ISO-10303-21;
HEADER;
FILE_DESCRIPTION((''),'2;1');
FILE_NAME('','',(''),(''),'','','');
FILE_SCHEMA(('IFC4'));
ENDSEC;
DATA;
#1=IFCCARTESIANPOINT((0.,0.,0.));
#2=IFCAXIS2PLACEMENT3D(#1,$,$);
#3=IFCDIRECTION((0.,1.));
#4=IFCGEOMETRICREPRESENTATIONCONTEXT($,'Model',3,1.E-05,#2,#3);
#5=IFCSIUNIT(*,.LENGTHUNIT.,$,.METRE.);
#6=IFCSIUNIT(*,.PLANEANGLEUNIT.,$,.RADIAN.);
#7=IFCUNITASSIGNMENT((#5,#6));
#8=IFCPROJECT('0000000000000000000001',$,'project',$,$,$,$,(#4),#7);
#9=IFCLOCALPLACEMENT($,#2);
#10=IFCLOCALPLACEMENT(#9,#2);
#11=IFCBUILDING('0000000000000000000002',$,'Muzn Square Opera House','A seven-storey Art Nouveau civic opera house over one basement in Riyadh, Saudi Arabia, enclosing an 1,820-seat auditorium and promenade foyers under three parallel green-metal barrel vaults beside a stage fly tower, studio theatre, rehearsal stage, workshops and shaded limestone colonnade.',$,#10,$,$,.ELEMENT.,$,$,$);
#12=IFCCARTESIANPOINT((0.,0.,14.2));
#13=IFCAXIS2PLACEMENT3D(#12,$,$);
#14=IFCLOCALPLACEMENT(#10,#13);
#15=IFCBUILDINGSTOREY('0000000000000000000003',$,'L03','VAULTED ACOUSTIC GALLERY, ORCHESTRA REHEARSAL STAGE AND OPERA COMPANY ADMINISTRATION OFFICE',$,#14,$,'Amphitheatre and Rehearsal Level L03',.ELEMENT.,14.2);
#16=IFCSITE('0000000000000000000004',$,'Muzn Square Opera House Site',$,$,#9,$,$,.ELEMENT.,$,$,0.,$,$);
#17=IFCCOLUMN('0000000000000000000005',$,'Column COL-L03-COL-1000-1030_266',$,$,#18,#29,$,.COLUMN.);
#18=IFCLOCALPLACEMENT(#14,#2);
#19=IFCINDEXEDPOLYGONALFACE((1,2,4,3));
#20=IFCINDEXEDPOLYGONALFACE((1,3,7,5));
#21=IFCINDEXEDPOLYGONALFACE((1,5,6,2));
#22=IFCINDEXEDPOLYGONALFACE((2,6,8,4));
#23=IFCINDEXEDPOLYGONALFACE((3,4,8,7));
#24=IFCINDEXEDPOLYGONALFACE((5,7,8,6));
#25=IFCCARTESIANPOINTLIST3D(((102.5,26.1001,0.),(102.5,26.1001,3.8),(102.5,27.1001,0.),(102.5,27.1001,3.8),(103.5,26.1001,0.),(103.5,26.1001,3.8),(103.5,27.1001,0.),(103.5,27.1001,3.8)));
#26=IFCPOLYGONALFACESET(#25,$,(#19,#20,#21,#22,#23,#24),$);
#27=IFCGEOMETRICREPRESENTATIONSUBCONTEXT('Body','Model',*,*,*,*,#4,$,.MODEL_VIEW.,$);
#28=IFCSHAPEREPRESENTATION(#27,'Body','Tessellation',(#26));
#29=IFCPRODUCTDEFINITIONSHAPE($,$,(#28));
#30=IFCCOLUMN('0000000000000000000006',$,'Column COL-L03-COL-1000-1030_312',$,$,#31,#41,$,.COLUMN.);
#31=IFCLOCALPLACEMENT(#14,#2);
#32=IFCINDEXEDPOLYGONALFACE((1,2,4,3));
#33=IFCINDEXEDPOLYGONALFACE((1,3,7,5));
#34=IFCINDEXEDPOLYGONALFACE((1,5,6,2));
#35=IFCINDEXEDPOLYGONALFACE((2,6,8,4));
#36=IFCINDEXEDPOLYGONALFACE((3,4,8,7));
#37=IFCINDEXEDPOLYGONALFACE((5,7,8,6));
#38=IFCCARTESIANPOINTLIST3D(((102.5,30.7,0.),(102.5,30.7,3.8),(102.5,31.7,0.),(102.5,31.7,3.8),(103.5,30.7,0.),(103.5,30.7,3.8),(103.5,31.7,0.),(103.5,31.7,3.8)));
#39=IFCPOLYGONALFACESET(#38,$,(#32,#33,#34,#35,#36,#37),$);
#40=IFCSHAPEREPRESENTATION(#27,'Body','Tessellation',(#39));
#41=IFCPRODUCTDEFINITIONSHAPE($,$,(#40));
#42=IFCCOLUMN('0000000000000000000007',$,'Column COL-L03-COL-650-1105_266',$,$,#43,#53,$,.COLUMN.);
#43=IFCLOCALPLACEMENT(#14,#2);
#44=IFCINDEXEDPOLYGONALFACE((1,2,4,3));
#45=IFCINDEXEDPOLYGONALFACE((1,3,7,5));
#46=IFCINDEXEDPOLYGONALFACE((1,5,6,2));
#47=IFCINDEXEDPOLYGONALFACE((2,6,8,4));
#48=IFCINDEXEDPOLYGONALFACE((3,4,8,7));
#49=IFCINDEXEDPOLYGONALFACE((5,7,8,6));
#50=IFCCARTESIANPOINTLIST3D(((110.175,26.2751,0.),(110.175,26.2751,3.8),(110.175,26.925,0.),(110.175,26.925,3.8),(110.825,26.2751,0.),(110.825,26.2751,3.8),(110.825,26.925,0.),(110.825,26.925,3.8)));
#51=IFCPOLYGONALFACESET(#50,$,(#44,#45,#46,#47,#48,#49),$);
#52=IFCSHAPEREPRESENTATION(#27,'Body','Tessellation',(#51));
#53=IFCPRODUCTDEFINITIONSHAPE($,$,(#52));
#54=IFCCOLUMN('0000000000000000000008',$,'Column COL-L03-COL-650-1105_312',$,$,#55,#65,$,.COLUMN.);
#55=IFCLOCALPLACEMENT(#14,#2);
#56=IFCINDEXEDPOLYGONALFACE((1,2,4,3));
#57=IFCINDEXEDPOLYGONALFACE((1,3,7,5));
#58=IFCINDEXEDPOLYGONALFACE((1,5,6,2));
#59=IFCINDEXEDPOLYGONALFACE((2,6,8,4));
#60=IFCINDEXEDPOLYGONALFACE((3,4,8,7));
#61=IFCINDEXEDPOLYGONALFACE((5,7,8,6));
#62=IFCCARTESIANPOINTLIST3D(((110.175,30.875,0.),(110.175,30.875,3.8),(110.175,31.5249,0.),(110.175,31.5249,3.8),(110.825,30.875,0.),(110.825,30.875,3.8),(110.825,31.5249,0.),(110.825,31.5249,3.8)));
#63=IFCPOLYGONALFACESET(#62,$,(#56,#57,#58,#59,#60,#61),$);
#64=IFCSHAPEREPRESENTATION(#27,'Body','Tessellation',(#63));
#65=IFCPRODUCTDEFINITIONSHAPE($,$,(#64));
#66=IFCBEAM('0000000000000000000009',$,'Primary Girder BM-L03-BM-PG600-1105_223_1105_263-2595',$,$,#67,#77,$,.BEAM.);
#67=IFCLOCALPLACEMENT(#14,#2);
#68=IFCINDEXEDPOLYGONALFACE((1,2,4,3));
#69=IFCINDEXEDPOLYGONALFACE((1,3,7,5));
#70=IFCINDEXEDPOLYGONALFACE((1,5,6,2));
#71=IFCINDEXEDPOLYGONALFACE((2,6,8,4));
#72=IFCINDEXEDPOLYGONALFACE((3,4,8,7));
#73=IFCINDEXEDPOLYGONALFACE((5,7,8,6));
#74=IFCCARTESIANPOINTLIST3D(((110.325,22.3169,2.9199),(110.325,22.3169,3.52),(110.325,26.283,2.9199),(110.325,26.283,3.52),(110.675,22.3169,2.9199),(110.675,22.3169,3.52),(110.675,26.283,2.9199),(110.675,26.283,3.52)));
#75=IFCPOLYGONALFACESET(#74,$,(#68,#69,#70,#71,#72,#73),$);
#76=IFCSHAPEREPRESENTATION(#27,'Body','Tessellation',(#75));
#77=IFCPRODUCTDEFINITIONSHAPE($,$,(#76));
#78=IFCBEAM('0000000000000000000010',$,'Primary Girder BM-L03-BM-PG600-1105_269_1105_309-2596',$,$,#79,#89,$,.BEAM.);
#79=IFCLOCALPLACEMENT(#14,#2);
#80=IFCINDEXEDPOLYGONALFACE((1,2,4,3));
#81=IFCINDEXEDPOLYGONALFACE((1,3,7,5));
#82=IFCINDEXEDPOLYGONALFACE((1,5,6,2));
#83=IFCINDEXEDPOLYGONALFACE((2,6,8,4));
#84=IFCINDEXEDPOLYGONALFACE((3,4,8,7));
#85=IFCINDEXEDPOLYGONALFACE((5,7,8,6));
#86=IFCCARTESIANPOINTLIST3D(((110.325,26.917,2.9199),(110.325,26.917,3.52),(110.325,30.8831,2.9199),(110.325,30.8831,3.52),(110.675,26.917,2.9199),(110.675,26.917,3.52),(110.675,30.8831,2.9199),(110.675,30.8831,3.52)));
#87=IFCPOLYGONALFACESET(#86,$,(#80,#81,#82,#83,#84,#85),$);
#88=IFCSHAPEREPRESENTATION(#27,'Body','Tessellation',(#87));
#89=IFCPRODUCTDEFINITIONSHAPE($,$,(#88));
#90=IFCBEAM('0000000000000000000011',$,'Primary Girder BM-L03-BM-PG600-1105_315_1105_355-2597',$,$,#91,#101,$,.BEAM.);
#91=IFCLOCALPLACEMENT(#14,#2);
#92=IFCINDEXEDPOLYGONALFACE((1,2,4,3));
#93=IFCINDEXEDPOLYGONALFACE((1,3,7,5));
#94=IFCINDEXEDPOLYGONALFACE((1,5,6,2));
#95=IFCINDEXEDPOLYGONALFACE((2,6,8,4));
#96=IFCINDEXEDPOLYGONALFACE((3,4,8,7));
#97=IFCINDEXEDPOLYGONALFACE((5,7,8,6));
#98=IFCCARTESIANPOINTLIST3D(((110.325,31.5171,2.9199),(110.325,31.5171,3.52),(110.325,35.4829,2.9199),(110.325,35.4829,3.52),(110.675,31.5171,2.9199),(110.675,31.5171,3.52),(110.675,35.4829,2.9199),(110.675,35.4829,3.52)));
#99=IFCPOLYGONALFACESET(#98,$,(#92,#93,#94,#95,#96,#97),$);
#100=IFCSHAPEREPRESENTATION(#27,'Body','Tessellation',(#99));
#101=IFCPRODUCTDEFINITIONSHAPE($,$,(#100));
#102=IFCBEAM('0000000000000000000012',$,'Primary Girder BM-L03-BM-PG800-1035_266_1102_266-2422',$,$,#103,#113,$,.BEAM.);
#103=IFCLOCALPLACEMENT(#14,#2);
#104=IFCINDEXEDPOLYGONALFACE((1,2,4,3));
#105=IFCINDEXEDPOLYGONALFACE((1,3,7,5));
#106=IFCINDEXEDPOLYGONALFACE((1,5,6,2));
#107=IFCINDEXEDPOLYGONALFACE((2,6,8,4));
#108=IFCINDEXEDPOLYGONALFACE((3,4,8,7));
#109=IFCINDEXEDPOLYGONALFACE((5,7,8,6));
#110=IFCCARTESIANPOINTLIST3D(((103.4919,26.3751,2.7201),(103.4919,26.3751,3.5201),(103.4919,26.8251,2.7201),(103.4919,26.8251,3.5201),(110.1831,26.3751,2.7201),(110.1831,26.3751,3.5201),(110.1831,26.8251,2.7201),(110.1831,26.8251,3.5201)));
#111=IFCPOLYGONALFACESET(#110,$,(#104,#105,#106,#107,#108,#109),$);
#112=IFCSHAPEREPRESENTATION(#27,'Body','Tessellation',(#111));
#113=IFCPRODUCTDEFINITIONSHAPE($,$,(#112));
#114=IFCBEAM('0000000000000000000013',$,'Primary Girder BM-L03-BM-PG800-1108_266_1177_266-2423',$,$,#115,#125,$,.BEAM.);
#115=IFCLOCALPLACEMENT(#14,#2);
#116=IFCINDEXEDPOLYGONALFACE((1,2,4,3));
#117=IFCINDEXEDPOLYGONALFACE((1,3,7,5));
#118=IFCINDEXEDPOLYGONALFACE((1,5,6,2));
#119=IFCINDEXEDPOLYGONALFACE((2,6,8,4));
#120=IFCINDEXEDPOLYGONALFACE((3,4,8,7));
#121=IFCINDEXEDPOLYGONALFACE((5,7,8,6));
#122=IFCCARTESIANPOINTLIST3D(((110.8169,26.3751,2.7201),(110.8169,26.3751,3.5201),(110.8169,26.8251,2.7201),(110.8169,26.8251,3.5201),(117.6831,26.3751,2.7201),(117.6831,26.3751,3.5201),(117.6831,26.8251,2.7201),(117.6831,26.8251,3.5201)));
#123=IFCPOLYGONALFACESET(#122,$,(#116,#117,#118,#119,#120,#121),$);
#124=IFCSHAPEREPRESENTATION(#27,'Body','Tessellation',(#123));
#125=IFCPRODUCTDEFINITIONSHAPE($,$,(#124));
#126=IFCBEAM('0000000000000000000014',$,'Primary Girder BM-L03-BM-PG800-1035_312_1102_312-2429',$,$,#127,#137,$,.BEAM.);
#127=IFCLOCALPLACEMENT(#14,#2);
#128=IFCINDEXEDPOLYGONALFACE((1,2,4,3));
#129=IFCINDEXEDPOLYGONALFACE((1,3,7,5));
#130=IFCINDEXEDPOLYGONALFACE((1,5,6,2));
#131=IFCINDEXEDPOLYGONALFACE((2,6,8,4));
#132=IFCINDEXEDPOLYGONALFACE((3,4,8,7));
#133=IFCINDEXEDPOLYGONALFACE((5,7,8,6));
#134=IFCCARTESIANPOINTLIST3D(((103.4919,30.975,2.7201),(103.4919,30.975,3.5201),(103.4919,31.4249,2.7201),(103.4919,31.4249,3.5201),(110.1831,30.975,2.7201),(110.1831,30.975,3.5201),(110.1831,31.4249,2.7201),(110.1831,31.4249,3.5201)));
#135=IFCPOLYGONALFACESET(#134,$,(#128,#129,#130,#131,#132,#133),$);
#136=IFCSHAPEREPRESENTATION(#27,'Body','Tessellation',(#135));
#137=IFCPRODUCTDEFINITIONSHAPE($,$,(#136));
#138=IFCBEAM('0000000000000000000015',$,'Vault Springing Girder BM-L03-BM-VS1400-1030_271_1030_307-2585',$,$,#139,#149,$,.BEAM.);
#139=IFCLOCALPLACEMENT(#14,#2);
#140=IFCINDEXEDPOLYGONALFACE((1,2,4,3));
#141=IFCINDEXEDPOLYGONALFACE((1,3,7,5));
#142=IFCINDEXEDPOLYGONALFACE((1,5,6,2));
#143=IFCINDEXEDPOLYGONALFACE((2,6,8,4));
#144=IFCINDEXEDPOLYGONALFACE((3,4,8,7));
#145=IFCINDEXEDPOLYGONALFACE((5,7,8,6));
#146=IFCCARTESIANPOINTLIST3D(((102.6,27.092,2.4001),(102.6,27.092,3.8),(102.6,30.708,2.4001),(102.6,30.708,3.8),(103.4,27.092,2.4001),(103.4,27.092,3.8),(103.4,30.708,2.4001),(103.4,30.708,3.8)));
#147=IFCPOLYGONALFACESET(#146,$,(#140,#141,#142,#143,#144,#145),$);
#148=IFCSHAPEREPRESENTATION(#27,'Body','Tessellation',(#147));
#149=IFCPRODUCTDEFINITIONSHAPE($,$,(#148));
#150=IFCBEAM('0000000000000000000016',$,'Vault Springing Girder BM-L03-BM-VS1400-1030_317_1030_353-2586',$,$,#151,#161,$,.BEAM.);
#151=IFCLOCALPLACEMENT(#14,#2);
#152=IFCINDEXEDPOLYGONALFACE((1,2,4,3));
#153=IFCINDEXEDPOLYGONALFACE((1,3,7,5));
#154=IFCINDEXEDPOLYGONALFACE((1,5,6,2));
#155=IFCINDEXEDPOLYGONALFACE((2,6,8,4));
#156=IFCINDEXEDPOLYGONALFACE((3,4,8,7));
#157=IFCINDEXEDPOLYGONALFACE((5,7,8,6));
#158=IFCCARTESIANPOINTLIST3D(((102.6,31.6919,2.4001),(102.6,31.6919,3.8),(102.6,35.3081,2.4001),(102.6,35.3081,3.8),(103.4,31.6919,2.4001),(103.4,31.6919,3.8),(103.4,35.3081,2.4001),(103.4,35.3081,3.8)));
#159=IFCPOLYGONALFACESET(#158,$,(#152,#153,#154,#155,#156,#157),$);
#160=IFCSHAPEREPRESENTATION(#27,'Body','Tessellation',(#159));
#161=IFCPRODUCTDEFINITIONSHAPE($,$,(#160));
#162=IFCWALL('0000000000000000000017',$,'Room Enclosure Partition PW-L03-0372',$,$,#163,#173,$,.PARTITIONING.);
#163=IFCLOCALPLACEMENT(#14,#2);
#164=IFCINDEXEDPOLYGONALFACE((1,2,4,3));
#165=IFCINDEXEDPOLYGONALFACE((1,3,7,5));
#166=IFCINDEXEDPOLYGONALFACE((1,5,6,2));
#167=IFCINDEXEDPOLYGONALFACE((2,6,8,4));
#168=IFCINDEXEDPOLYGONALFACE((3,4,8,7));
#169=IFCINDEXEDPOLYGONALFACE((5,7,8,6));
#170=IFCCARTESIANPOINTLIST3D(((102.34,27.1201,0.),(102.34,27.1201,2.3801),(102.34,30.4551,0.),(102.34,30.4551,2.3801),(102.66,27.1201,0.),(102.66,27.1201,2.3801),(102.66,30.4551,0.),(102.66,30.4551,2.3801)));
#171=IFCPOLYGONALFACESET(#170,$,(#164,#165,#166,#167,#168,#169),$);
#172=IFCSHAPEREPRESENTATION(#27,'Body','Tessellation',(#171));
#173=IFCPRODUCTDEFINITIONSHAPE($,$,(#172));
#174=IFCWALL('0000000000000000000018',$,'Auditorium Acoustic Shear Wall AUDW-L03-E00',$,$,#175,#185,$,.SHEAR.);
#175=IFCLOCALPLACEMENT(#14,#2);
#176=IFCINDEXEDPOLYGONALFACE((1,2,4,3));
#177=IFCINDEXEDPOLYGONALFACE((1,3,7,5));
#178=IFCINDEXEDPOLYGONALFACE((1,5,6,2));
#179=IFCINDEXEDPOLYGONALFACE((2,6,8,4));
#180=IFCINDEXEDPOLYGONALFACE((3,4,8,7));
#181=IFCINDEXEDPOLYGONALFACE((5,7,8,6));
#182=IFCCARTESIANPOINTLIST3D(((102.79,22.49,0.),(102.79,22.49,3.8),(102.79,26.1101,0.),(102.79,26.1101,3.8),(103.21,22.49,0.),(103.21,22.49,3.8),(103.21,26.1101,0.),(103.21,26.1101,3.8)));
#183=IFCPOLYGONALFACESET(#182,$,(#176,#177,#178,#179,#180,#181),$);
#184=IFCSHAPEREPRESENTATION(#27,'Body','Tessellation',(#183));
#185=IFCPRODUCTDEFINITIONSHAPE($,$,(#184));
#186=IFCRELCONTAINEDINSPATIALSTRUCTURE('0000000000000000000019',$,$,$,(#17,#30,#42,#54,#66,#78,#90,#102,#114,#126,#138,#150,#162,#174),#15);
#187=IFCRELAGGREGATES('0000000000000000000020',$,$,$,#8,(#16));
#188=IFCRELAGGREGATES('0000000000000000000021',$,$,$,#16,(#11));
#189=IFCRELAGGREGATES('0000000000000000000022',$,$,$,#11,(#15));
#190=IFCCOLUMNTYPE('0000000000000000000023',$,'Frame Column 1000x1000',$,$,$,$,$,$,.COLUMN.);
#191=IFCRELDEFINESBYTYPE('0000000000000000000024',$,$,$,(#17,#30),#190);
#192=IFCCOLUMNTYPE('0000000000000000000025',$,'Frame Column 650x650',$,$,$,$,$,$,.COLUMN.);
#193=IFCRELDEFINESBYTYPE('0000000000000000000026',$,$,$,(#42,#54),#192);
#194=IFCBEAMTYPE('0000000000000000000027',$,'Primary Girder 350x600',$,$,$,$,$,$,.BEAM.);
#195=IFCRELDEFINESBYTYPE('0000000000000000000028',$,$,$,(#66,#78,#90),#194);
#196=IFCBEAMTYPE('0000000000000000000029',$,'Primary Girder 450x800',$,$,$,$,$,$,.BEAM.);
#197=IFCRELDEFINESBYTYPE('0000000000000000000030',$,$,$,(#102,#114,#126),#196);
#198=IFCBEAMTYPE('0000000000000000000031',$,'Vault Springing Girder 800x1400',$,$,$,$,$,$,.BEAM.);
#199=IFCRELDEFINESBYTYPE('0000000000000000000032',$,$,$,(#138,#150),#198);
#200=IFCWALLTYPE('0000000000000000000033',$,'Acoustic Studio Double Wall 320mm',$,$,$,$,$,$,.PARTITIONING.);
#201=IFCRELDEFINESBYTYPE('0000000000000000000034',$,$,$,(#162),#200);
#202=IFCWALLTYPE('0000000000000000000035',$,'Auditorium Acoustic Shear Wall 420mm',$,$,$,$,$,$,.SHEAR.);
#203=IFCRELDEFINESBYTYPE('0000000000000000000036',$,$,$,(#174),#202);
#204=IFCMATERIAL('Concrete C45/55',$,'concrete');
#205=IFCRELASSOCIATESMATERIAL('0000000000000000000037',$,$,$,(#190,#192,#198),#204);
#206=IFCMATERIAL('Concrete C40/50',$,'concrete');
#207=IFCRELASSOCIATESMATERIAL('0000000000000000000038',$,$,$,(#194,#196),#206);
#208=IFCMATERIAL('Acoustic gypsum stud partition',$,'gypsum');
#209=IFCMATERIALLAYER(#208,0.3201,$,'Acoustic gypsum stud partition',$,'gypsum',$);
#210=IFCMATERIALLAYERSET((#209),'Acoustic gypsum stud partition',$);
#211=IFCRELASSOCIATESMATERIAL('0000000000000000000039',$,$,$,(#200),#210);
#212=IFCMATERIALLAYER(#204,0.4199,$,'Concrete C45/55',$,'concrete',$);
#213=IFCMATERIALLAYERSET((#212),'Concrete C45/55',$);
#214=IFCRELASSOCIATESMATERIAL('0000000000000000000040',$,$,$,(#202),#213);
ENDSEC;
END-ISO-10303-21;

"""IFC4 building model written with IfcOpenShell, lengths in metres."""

from ifc_helpers import new_model, si_unit, direction, frame, frame_2d, origin, origin_2d, place, context, subcontext, project, spatial, rectangle, extrude, material, layer, layer_set, material_profile, profile_set, type_object, element, save


model = new_model("IFC4")

# Units and contexts
model_context = context("Model", 3, precision=1e-05, world=origin(), true_north=direction((0.0, 1.0)))
body_context = subcontext(model_context, "Body", "Model", "MODEL_VIEW")
ifc_project = project(units=[si_unit("LENGTHUNIT", "METRE"), si_unit("PLANEANGLEUNIT", "RADIAN")], contexts=[model_context])

# Site, building, storey
site_placement = place(None, origin())
site = spatial("IfcSite", under=ifc_project, at=site_placement, Name="Muzn Square Opera House Site", CompositionType="ELEMENT", RefElevation=0.0)
building_placement = place(site_placement, origin())
building = spatial("IfcBuilding", under=site, at=building_placement, Name="Muzn Square Opera House", Description="A seven-storey Art Nouveau civic opera house over one basement in Riyadh, Saudi Arabia, enclosing an 1,820-seat auditorium and promenade foyers under three parallel green-metal barrel vaults beside a stage fly tower, studio theatre, rehearsal stage, workshops and shaded limestone colonnade.", CompositionType="ELEMENT")
storey_placement = place(building_placement, frame((0.0, 0.0, 14.2)))
storey = spatial("IfcBuildingStorey", under=building, at=storey_placement, Name="L03", Description="VAULTED ACOUSTIC GALLERY, ORCHESTRA REHEARSAL STAGE AND OPERA COMPANY ADMINISTRATION OFFICE", LongName="Amphitheatre and Rehearsal Level L03", CompositionType="ELEMENT", Elevation=14.2)

# Columns
ifc_material_1 = material(Name="Concrete C45/55", Category="concrete")
ifc_material_profile_1 = material_profile(ifc_material_1, rectangle(XDim=1.0, YDim=1.0, at=origin_2d()), Name="RC 1000x1000", Category="concrete")
ifc_profile_set_1 = profile_set([ifc_material_profile_1], Name="Concrete C45/55")
column_type_1 = type_object("IfcColumnType", Name="Frame Column 1000x1000", PredefinedType="COLUMN", material=ifc_profile_set_1)
for number, where, z_axis, x_axis, name in (
    (1, (103.0, 26.6001, 0.0), (0.0, 0.0, 1.0), (1.0, 0.0, 0.0), "Column COL-L03-COL-1000-1030_266"),
    (2, (103.0, 31.2, 0.0), (0.0, 0.0, 1.0), (1.0, 0.0, 0.0), "Column COL-L03-COL-1000-1030_312"),
):
    element("IfcColumn", number, at=place(storey_placement, frame(where, z_axis=z_axis, x_axis=x_axis)), inside=storey, type_object=column_type_1, Name=name, PredefinedType="COLUMN", context=body_context, shape_type="SweptSolid", body=[
        extrude(rectangle(XDim=1.0, YDim=1.0, at=origin_2d()), origin(), (0.0, 0.0, 1.0), 3.8),
    ])
ifc_material_profile_2 = material_profile(ifc_material_1, rectangle(XDim=0.6499, YDim=0.6499, at=origin_2d()), Name="RC 650x650", Category="concrete")
ifc_profile_set_2 = profile_set([ifc_material_profile_2], Name="Concrete C45/55")
column_type_2 = type_object("IfcColumnType", Name="Frame Column 650x650", PredefinedType="COLUMN", material=ifc_profile_set_2)
for number, where, z_axis, x_axis, name in (
    (3, (110.5, 26.6001, 0.0), (0.0, 0.0, 1.0), (1.0, 0.0, 0.0), "Column COL-L03-COL-650-1105_266"),
    (4, (110.5, 31.2, 0.0), (0.0, 0.0, 1.0), (1.0, 0.0, 0.0), "Column COL-L03-COL-650-1105_312"),
):
    element("IfcColumn", number, at=place(storey_placement, frame(where, z_axis=z_axis, x_axis=x_axis)), inside=storey, type_object=column_type_2, Name=name, PredefinedType="COLUMN", context=body_context, shape_type="SweptSolid", body=[
        extrude(rectangle(XDim=0.6499, YDim=0.6499, at=origin_2d()), origin(), (0.0, 0.0, 1.0), 3.8),
    ])

# Beams
ifc_material_2 = material(Name="Concrete C40/50", Category="concrete")
ifc_material_profile_3 = material_profile(ifc_material_2, rectangle(XDim=0.3501, YDim=0.6001, at=origin_2d()), Name="RCB 350x600", Category="concrete")
ifc_profile_set_3 = profile_set([ifc_material_profile_3], Name="Concrete C40/50")
beam_type_1 = type_object("IfcBeamType", Name="Primary Girder 350x600", PredefinedType="BEAM", material=ifc_profile_set_3)
for number, where, z_axis, x_axis, name in (
    (5, (110.5, 22.3169, 3.22), (0.0, 1.0, 0.0), (-1.0, 0.0, 0.0), "Primary Girder BM-L03-BM-PG600-1105_223_1105_263-2595"),
    (6, (110.5, 26.917, 3.22), (0.0, 1.0, 0.0), (-1.0, 0.0, 0.0), "Primary Girder BM-L03-BM-PG600-1105_269_1105_309-2596"),
):
    element("IfcBeam", number, at=place(storey_placement, frame(where, z_axis=z_axis, x_axis=x_axis)), inside=storey, type_object=beam_type_1, Name=name, PredefinedType="BEAM", context=body_context, shape_type="SweptSolid", body=[
        extrude(rectangle(XDim=0.3501, YDim=0.6001, at=origin_2d()), origin(), (0.0, 0.0, 1.0), 3.9661),
    ])
beam_1_placement = place(storey_placement, frame((110.5, 31.5171, 3.22), z_axis=(0.0, 1.0, 0.0), x_axis=(-1.0, 0.0, 0.0)))
element("IfcBeam", 7, at=beam_1_placement, inside=storey, type_object=beam_type_1, Name="Primary Girder BM-L03-BM-PG600-1105_315_1105_355-2597", PredefinedType="BEAM", context=body_context, shape_type="SweptSolid", body=[
    extrude(rectangle(XDim=0.3501, YDim=0.6001, at=origin_2d()), origin(), (0.0, 0.0, 1.0), 3.9658),
])
ifc_material_profile_4 = material_profile(ifc_material_2, rectangle(XDim=0.45, YDim=0.8, at=origin_2d()), Name="RCB 450x800", Category="concrete")
ifc_profile_set_4 = profile_set([ifc_material_profile_4], Name="Concrete C40/50")
beam_type_2 = type_object("IfcBeamType", Name="Primary Girder 450x800", PredefinedType="BEAM", material=ifc_profile_set_4)
beam_2_placement = place(storey_placement, frame((103.4919, 26.6001, 3.1201), z_axis=(1.0, 0.0, 0.0), x_axis=(0.0, 1.0, 0.0)))
element("IfcBeam", 8, at=beam_2_placement, inside=storey, type_object=beam_type_2, Name="Primary Girder BM-L03-BM-PG800-1035_266_1102_266-2422", PredefinedType="BEAM", context=body_context, shape_type="SweptSolid", body=[
    extrude(rectangle(XDim=0.45, YDim=0.8, at=origin_2d()), origin(), (0.0, 0.0, 1.0), 6.6912),
])
beam_3_placement = place(storey_placement, frame((110.8169, 26.6001, 3.1201), z_axis=(1.0, 0.0, 0.0), x_axis=(0.0, 1.0, 0.0)))
element("IfcBeam", 9, at=beam_3_placement, inside=storey, type_object=beam_type_2, Name="Primary Girder BM-L03-BM-PG800-1108_266_1177_266-2423", PredefinedType="BEAM", context=body_context, shape_type="SweptSolid", body=[
    extrude(rectangle(XDim=0.45, YDim=0.8, at=origin_2d()), origin(), (0.0, 0.0, 1.0), 6.8662),
])
beam_4_placement = place(storey_placement, frame((103.4919, 31.2, 3.1201), z_axis=(1.0, 0.0, 0.0), x_axis=(0.0, 1.0, 0.0)))
element("IfcBeam", 10, at=beam_4_placement, inside=storey, type_object=beam_type_2, Name="Primary Girder BM-L03-BM-PG800-1035_312_1102_312-2429", PredefinedType="BEAM", context=body_context, shape_type="SweptSolid", body=[
    extrude(rectangle(XDim=0.45, YDim=0.8, at=origin_2d()), origin(), (0.0, 0.0, 1.0), 6.6912),
])
ifc_material_profile_5 = material_profile(ifc_material_1, rectangle(XDim=0.8, YDim=1.3999, at=origin_2d()), Name="RCB 800x1400", Category="concrete")
ifc_profile_set_5 = profile_set([ifc_material_profile_5], Name="Concrete C45/55")
beam_type_3 = type_object("IfcBeamType", Name="Vault Springing Girder 800x1400", PredefinedType="BEAM", material=ifc_profile_set_5)
beam_5_placement = place(storey_placement, frame((103.0, 27.092, 3.1001), z_axis=(0.0, 1.0, 0.0), x_axis=(-1.0, 0.0, 0.0)))
element("IfcBeam", 11, at=beam_5_placement, inside=storey, type_object=beam_type_3, Name="Vault Springing Girder BM-L03-BM-VS1400-1030_271_1030_307-2585", PredefinedType="BEAM", context=body_context, shape_type="SweptSolid", body=[
    extrude(rectangle(XDim=0.8, YDim=1.3999, at=origin_2d()), origin(), (0.0, 0.0, 1.0), 3.616),
])
beam_6_placement = place(storey_placement, frame((103.0, 31.6919, 3.1001), z_axis=(0.0, 1.0, 0.0), x_axis=(-1.0, 0.0, 0.0)))
element("IfcBeam", 12, at=beam_6_placement, inside=storey, type_object=beam_type_3, Name="Vault Springing Girder BM-L03-BM-VS1400-1030_317_1030_353-2586", PredefinedType="BEAM", context=body_context, shape_type="SweptSolid", body=[
    extrude(rectangle(XDim=0.8, YDim=1.3999, at=origin_2d()), origin(), (0.0, 0.0, 1.0), 3.6162),
])

# Walls
ifc_material_3 = material(Name="Acoustic gypsum stud partition", Category="gypsum")
ifc_layer_1 = layer(ifc_material_3, 0.3201, Name="Acoustic gypsum stud partition", Category="gypsum")
ifc_layer_set_1 = layer_set([ifc_layer_1], Name="Acoustic gypsum stud partition")
wall_type_1 = type_object("IfcWallType", Name="Acoustic Studio Double Wall 320mm", PredefinedType="PARTITIONING", material=ifc_layer_set_1)
wall_1_placement = place(storey_placement, frame((102.5, 27.1201, 0.0), z_axis=(0.0, 0.0, 1.0), x_axis=(0.0, 1.0, 0.0)))
element("IfcWall", 13, at=wall_1_placement, inside=storey, type_object=wall_type_1, Name="Room Enclosure Partition PW-L03-0372", PredefinedType="PARTITIONING", context=body_context, shape_type="SweptSolid", body=[
    extrude(rectangle(XDim=3.335, YDim=0.3201, at=frame_2d((1.6675, 0.0))), origin(), (0.0, 0.0, 1.0), 2.3801),
])
ifc_layer_2 = layer(ifc_material_1, 0.4199, Name="Concrete C45/55", Category="concrete")
ifc_layer_set_2 = layer_set([ifc_layer_2], Name="Concrete C45/55")
wall_type_2 = type_object("IfcWallType", Name="Auditorium Acoustic Shear Wall 420mm", PredefinedType="SHEAR", material=ifc_layer_set_2)
for number, where, z_axis, x_axis, name in (
    (14, (103.0, 22.49, 0.0), (0.0, 0.0, 1.0), (0.0, 1.0, 0.0), "Auditorium Acoustic Shear Wall AUDW-L03-E00"),
):
    element("IfcWall", number, at=place(storey_placement, frame(where, z_axis=z_axis, x_axis=x_axis)), inside=storey, type_object=wall_type_2, Name=name, PredefinedType="SHEAR", context=body_context, shape_type="SweptSolid", body=[
        extrude(rectangle(XDim=3.6201, YDim=0.4199, at=frame_2d((1.8101, 0.0))), origin(), (0.0, 0.0, 1.0), 3.8),
    ])

save(model, "model.ifc")
